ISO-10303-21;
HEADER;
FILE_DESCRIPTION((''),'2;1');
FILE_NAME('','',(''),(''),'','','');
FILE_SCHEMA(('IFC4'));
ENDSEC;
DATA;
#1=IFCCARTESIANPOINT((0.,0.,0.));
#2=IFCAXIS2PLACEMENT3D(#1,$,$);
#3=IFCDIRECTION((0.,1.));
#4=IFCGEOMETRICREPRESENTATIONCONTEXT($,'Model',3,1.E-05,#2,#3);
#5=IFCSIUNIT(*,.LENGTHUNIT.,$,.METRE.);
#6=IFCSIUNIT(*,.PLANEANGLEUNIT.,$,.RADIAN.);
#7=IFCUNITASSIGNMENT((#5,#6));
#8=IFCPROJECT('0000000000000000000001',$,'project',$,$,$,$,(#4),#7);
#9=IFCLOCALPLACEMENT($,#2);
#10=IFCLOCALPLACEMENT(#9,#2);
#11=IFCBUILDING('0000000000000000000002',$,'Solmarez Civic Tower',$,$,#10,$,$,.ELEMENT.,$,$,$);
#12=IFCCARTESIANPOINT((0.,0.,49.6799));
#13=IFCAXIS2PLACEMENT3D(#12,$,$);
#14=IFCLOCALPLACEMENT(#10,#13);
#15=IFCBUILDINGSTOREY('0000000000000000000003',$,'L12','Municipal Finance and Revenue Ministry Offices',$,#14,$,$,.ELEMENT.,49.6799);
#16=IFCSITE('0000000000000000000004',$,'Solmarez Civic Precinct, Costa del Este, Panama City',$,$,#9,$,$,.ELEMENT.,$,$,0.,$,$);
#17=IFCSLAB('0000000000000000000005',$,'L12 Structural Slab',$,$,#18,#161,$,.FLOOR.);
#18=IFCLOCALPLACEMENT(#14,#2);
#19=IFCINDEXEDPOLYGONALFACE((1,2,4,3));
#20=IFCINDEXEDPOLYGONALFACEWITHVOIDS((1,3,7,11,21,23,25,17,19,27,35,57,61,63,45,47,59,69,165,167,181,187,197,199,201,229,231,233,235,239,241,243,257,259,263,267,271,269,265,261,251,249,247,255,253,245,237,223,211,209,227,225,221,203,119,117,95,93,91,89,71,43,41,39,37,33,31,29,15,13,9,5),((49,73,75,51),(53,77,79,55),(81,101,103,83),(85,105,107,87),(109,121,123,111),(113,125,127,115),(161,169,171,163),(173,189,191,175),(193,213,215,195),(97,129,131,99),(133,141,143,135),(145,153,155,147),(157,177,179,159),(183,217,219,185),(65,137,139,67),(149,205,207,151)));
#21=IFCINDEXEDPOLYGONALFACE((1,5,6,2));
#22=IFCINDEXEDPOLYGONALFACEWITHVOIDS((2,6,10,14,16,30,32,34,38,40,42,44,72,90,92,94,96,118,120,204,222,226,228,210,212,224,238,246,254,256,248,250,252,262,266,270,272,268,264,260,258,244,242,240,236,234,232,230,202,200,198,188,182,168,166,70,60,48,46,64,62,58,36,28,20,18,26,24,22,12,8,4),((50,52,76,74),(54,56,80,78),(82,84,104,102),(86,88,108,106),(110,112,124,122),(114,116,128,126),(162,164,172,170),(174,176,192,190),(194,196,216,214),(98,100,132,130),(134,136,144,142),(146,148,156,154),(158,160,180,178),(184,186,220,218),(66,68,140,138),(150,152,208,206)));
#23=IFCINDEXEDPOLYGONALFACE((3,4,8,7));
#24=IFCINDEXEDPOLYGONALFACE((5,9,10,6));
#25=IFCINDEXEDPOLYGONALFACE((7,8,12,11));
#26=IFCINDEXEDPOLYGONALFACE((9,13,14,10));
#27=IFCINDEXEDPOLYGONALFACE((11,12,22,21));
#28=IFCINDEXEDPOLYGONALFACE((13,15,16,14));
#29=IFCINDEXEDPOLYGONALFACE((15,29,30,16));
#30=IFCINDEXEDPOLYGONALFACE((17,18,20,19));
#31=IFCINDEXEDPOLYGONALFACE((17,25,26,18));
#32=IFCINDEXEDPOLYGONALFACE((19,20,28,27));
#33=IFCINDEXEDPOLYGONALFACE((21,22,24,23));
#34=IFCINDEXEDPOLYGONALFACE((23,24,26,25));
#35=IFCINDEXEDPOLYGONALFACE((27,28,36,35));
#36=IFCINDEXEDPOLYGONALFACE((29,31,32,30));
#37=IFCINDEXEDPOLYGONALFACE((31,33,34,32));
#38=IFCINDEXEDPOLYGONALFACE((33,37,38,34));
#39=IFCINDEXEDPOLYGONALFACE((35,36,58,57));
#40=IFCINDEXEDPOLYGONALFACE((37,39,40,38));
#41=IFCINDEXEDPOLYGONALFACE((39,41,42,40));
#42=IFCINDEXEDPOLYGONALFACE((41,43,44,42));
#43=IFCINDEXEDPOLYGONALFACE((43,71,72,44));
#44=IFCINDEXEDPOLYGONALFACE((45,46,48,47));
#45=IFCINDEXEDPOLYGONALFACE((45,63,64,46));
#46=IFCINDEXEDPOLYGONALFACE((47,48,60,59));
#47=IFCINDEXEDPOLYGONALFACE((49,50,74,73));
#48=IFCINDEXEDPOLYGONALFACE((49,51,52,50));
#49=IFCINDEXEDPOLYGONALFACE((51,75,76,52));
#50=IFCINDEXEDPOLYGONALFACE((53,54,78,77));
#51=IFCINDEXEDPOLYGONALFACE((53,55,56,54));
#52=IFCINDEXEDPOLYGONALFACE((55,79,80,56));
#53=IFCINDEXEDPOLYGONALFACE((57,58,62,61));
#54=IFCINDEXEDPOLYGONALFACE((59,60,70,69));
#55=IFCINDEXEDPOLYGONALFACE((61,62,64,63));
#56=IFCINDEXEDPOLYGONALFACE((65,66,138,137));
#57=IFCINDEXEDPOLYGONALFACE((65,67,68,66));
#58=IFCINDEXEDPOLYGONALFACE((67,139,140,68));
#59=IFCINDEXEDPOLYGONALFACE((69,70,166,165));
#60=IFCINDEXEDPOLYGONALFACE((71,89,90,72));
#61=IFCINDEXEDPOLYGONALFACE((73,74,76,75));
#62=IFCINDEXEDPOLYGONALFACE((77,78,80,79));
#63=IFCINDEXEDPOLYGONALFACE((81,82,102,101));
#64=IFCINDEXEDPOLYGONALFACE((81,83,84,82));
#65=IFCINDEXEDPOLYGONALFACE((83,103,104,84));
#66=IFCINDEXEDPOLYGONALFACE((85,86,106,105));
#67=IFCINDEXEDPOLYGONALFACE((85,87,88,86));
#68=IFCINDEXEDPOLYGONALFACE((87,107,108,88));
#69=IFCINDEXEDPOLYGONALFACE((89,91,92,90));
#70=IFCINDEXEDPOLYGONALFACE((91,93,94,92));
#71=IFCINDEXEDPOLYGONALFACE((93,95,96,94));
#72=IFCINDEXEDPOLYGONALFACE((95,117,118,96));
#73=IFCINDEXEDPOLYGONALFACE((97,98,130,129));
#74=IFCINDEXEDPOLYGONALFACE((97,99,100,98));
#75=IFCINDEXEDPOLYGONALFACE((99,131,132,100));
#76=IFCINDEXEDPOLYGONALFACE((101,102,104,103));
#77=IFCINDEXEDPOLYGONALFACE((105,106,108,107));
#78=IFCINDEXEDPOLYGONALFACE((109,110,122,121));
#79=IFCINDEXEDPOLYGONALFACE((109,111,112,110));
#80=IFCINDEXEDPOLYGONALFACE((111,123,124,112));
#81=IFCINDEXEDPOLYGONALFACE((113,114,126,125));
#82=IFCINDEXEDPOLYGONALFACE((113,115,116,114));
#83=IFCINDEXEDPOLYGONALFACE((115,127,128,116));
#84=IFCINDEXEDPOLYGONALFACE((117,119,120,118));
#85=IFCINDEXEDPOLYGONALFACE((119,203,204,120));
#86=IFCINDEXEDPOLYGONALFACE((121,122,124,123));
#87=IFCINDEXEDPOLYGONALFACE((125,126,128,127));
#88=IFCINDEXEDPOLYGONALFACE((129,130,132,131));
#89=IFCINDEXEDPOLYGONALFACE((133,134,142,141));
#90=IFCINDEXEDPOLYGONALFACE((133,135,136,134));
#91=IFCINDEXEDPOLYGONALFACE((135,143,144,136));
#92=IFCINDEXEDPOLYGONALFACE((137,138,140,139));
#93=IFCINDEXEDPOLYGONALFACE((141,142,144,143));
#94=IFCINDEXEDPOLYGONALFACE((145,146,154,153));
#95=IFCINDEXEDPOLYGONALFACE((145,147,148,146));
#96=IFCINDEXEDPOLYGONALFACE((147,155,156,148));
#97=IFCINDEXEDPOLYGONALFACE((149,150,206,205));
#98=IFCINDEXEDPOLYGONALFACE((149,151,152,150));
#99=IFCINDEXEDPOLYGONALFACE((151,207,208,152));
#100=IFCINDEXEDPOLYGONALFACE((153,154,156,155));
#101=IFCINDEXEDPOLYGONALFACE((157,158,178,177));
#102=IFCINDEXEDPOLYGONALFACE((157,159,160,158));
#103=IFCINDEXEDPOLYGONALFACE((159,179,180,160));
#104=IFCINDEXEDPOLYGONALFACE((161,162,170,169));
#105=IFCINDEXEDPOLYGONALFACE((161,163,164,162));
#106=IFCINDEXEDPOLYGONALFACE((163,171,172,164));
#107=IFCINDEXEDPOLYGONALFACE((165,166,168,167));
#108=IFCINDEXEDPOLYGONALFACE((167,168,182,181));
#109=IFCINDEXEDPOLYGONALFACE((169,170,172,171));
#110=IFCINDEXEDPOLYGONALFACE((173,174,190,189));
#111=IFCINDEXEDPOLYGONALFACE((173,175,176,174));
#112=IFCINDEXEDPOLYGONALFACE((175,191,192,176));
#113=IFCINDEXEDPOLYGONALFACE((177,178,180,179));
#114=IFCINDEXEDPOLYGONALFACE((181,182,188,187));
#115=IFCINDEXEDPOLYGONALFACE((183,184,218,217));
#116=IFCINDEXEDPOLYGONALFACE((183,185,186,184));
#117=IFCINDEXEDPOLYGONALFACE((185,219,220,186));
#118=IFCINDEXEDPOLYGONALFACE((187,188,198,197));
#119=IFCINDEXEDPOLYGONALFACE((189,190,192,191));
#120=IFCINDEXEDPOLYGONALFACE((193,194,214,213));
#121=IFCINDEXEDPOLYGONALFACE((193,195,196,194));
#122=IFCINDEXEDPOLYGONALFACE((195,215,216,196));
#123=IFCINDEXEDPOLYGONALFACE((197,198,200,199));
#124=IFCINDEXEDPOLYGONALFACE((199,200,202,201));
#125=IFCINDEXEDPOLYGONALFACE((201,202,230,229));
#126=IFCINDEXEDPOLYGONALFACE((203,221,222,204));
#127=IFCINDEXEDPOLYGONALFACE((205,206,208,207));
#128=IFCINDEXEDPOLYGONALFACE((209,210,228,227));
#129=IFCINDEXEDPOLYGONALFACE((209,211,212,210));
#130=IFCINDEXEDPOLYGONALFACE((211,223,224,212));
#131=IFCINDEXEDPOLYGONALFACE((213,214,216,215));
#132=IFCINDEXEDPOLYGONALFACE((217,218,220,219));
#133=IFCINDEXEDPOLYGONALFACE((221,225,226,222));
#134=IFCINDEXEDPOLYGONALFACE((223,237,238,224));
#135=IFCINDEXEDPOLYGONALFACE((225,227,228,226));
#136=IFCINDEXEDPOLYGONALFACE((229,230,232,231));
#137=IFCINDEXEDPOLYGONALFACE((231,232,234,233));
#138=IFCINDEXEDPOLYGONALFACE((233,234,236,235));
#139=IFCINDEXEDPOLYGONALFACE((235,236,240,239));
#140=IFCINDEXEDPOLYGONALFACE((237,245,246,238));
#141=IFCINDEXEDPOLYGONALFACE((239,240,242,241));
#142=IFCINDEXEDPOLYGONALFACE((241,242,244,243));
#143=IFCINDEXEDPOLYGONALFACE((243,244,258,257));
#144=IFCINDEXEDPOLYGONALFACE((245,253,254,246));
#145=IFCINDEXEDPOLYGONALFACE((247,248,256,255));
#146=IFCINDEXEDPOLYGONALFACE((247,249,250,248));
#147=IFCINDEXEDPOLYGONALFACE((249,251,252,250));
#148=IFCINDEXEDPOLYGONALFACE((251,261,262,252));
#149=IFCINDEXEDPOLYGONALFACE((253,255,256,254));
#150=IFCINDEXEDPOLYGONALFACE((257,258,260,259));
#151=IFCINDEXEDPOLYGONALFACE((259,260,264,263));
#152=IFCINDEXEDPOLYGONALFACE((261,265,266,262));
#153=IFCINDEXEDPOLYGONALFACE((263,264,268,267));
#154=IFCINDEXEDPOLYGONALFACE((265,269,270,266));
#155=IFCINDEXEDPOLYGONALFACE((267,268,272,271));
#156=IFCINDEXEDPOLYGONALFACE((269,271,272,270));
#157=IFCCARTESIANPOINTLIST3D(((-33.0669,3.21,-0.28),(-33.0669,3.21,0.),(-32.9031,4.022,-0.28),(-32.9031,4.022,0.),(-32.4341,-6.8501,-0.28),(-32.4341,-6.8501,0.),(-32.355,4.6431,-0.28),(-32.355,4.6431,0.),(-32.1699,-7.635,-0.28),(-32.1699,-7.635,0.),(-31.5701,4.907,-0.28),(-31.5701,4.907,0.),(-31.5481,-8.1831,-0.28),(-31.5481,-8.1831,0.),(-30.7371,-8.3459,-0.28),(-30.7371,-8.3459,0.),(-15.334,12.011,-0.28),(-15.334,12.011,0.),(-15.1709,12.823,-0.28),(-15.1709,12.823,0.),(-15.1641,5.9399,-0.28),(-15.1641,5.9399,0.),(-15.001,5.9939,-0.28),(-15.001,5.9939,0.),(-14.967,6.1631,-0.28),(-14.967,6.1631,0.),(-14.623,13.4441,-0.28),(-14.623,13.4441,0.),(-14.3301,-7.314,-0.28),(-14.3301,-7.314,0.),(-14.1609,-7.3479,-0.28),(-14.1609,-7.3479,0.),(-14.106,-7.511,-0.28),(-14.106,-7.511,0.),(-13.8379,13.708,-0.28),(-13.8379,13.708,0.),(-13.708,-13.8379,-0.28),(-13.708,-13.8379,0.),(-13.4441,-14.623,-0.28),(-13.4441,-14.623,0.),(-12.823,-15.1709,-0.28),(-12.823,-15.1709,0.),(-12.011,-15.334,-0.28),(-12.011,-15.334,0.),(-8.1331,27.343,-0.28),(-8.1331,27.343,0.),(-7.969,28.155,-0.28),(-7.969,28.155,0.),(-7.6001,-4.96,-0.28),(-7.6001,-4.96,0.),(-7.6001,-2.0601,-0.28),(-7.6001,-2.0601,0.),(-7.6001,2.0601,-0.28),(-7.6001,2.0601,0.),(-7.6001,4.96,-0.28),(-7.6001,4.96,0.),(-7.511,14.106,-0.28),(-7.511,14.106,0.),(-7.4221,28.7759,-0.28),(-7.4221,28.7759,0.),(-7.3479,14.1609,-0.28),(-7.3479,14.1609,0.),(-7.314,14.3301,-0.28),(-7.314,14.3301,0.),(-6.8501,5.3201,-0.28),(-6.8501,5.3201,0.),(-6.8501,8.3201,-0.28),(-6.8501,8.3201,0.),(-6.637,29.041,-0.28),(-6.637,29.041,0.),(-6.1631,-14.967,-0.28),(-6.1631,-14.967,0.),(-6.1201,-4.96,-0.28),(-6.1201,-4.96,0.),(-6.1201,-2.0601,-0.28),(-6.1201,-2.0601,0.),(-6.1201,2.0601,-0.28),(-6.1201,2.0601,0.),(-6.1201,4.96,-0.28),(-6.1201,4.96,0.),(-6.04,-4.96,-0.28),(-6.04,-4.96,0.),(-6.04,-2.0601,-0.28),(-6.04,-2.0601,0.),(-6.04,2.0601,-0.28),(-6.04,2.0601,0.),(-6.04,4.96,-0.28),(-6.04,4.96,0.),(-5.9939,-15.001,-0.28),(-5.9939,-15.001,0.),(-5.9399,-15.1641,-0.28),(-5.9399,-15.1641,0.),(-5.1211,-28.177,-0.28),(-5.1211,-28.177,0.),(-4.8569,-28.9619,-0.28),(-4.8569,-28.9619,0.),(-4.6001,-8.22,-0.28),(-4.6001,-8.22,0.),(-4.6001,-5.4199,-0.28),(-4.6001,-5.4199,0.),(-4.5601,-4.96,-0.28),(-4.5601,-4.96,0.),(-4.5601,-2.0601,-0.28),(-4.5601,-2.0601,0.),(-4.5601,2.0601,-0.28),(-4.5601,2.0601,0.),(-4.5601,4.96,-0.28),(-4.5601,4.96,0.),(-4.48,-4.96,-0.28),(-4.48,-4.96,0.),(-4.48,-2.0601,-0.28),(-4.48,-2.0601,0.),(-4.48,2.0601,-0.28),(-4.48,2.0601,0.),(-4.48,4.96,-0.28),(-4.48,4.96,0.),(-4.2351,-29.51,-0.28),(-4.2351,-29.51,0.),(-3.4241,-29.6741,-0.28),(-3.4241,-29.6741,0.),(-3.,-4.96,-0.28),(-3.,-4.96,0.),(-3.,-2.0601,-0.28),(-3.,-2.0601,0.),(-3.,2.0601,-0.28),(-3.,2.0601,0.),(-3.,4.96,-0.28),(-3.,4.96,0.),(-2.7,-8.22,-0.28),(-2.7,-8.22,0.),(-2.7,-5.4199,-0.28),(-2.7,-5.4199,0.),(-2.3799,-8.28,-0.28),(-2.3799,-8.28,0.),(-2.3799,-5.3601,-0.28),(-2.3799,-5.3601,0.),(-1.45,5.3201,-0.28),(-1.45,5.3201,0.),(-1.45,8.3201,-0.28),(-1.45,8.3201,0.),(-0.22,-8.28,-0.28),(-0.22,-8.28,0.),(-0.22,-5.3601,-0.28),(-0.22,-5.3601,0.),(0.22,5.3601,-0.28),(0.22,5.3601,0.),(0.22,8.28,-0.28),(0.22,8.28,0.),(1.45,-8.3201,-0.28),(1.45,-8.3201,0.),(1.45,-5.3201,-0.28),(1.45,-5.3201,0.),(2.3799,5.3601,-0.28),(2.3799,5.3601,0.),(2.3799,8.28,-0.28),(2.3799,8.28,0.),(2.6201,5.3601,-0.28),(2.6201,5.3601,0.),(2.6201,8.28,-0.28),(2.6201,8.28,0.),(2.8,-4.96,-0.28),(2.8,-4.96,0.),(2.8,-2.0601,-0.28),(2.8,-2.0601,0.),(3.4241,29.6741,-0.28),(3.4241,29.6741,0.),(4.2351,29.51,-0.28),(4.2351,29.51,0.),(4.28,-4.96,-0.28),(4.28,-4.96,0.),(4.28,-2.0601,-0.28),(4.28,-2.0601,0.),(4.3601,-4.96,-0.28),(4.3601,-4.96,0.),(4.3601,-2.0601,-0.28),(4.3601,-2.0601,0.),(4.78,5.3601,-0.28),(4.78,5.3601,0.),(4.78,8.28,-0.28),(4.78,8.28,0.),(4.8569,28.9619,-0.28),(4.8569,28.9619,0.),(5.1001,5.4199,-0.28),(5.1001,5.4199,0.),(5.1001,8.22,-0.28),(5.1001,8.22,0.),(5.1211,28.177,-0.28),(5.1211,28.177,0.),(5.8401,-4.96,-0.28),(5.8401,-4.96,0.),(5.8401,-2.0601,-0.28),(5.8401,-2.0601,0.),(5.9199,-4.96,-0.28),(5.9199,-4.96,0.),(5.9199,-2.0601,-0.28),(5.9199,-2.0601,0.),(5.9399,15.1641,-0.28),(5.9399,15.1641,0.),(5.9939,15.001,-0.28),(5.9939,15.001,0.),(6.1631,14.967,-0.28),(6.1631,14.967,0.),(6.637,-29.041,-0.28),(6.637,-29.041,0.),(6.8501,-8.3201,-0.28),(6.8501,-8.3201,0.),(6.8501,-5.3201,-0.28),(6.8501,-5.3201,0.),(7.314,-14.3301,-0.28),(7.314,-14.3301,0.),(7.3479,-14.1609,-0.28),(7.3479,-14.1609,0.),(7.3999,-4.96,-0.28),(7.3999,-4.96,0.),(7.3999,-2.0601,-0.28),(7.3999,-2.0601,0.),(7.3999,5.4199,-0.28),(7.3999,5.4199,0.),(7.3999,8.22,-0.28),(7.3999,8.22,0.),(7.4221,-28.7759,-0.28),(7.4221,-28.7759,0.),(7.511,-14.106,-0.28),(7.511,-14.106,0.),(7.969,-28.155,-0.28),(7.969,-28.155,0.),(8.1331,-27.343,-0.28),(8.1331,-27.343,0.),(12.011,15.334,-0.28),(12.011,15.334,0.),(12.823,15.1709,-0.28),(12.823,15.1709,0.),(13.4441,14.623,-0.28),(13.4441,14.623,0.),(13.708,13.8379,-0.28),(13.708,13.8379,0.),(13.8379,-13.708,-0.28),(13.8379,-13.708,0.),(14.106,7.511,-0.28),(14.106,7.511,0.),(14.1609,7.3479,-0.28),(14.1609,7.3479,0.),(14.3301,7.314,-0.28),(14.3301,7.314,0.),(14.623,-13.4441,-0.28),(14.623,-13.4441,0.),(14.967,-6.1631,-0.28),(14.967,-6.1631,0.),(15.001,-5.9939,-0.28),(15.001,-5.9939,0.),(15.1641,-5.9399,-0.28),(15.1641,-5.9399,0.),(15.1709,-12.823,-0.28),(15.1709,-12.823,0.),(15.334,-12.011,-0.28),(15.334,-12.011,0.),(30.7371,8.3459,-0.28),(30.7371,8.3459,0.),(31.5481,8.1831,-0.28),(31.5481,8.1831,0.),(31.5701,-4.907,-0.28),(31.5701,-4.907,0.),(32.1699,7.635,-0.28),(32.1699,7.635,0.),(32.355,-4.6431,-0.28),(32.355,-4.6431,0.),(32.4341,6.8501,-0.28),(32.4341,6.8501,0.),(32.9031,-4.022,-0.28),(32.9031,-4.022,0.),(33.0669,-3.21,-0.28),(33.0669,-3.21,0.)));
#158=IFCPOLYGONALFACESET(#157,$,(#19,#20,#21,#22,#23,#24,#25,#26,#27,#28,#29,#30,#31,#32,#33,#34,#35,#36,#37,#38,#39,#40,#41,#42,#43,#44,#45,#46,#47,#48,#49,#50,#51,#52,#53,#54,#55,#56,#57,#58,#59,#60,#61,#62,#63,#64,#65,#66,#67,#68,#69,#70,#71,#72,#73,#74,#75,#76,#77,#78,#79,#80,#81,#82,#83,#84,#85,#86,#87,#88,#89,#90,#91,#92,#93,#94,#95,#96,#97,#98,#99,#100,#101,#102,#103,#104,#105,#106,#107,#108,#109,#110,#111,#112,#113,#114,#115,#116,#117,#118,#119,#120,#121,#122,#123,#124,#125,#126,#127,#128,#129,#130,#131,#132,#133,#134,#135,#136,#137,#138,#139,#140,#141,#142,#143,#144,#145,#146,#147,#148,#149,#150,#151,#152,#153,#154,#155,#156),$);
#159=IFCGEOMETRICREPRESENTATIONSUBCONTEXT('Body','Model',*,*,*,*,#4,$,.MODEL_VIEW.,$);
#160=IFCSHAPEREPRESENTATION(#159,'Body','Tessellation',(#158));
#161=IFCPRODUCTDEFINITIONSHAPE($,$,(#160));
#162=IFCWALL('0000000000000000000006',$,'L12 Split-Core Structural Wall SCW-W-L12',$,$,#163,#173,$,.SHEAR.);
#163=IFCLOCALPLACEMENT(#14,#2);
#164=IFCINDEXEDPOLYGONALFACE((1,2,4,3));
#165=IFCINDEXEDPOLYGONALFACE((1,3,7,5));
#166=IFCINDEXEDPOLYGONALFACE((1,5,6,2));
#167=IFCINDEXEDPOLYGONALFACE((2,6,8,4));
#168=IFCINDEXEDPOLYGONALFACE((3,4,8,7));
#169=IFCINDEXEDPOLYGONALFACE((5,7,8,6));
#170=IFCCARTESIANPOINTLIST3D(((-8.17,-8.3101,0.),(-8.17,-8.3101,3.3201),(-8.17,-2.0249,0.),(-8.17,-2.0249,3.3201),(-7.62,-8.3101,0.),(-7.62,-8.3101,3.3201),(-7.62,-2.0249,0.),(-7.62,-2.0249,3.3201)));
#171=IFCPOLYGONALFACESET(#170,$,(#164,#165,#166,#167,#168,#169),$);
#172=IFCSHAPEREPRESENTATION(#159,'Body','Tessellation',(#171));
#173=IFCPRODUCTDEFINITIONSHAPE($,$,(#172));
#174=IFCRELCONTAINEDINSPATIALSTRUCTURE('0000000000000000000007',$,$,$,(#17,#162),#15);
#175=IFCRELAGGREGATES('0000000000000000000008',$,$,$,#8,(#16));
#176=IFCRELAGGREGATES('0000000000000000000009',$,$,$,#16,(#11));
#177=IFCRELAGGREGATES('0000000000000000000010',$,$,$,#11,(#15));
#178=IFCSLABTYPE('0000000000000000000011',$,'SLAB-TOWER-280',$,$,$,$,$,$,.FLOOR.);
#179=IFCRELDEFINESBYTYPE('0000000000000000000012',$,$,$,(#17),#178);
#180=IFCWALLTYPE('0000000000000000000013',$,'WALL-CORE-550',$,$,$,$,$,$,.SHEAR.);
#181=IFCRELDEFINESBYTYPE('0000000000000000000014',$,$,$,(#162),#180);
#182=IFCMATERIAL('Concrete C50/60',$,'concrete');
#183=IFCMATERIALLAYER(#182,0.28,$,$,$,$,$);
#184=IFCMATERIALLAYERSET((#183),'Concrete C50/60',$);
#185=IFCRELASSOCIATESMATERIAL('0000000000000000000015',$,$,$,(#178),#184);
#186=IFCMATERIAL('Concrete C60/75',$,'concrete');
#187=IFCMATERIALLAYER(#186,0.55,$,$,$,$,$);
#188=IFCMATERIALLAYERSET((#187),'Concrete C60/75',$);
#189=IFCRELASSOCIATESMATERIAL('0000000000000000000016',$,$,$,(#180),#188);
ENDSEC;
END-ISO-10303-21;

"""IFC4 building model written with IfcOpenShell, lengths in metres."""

from ifc_helpers import new_model, si_unit, direction, frame, frame_2d, origin, place, context, subcontext, project, spatial, polyline, rectangle, outline, extrude, material, layer, layer_set, type_object, element, save


model = new_model("IFC4")

# Units and contexts
model_context = context("Model", 3, precision=1e-05, world=origin(), true_north=direction((0.0, 1.0)))
body_context = subcontext(model_context, "Body", "Model", "MODEL_VIEW")
ifc_project = project(units=[si_unit("LENGTHUNIT", "METRE"), si_unit("PLANEANGLEUNIT", "RADIAN")], contexts=[model_context])

# Site, building, storey
site_placement = place(None, origin())
site = spatial("IfcSite", under=ifc_project, at=site_placement, Name="Solmarez Civic Precinct, Costa del Este, Panama City", CompositionType="ELEMENT", RefElevation=0.0)
building_placement = place(site_placement, origin())
building = spatial("IfcBuilding", under=site, at=building_placement, Name="Solmarez Civic Tower", CompositionType="ELEMENT")
storey_placement = place(building_placement, frame((0.0, 0.0, 49.6799)))
storey = spatial("IfcBuildingStorey", under=building, at=storey_placement, Name="L12", Description="Municipal Finance and Revenue Ministry Offices", CompositionType="ELEMENT", Elevation=49.6799)

# Shared definitions
ifc_material_1 = material(Name="Concrete C60/75", Category="concrete")

# Slab
ifc_material_2 = material(Name="Concrete C50/60", Category="concrete")
ifc_layer_1 = layer(ifc_material_2, 0.28)
ifc_layer_set_1 = layer_set([ifc_layer_1], Name="Concrete C50/60")
slab_type = type_object("IfcSlabType", Name="SLAB-TOWER-280", PredefinedType="FLOOR", material=ifc_layer_set_1)
slab_placement = place(storey_placement, frame((0.0, 0.0, -0.28)))
element("IfcSlab", 1, at=slab_placement, inside=storey, type_object=slab_type, Name="L12 Structural Slab", PredefinedType="FLOOR", context=body_context, shape_type="SweptSolid", body=[
    extrude(outline(polyline([(-14.106, -7.511), (-13.708, -13.8379), (-13.4441, -14.623), (-12.823, -15.1709), (-12.011, -15.334), (-6.1631, -14.967), (-5.9939, -15.001), (-5.9399, -15.1641), (-5.1211, -28.177), (-4.8569, -28.9619), (-4.2351, -29.51), (-3.4241, -29.6741), (6.637, -29.041), (7.4221, -28.7759), (7.969, -28.155), (8.1331, -27.343), (7.314, -14.3301), (7.3479, -14.1609), (7.511, -14.106), (13.8379, -13.708), (14.623, -13.4441), (15.1709, -12.823), (15.334, -12.011), (14.967, -6.1631), (15.001, -5.9939), (15.1641, -5.9399), (31.5701, -4.907), (32.355, -4.6431), (32.9031, -4.022), (33.0669, -3.21), (32.4341, 6.8501), (32.1699, 7.635), (31.5481, 8.1831), (30.7371, 8.3459), (14.3301, 7.314), (14.1609, 7.3479), (14.106, 7.511), (13.708, 13.8379), (13.4441, 14.623), (12.823, 15.1709), (12.011, 15.334), (6.1631, 14.967), (5.9939, 15.001), (5.9399, 15.1641), (5.1211, 28.177), (4.8569, 28.9619), (4.2351, 29.51), (3.4241, 29.6741), (-6.637, 29.041), (-7.4221, 28.7759), (-7.969, 28.155), (-8.1331, 27.343), (-7.314, 14.3301), (-7.3479, 14.1609), (-7.511, 14.106), (-13.8379, 13.708), (-14.623, 13.4441), (-15.1709, 12.823), (-15.334, 12.011), (-14.967, 6.1631), (-15.001, 5.9939), (-15.1641, 5.9399), (-31.5701, 4.907), (-32.355, 4.6431), (-32.9031, 4.022), (-33.0669, 3.21), (-32.4341, -6.8501), (-32.1699, -7.635), (-31.5481, -8.1831), (-30.7371, -8.3459), (-14.3301, -7.314), (-14.1609, -7.3479), (-14.106, -7.511)]), holes=[polyline([(-1.45, 8.3201), (-6.8501, 8.3201), (-6.8501, 5.3201), (-1.45, 5.3201), (-1.45, 8.3201)]), polyline([(1.45, -8.3201), (6.8501, -8.3201), (6.8501, -5.3201), (1.45, -5.3201), (1.45, -8.3201)]), polyline([(0.22, 5.3601), (2.3799, 5.3601), (2.3799, 8.28), (0.22, 8.28), (0.22, 5.3601)]), polyline([(2.6201, 5.3601), (4.78, 5.3601), (4.78, 8.28), (2.6201, 8.28), (2.6201, 5.3601)]), polyline([(-2.3799, -8.28), (-0.22, -8.28), (-0.22, -5.3601), (-2.3799, -5.3601), (-2.3799, -8.28)]), polyline([(2.8, -4.96), (4.28, -4.96), (4.28, -2.0601), (2.8, -2.0601), (2.8, -4.96)]), polyline([(4.3601, -4.96), (5.8401, -4.96), (5.8401, -2.0601), (4.3601, -2.0601), (4.3601, -4.96)]), polyline([(5.9199, -4.96), (7.3999, -4.96), (7.3999, -2.0601), (5.9199, -2.0601), (5.9199, -4.96)]), polyline([(-7.6001, -4.96), (-6.1201, -4.96), (-6.1201, -2.0601), (-7.6001, -2.0601), (-7.6001, -4.96)]), polyline([(-6.04, -4.96), (-4.5601, -4.96), (-4.5601, -2.0601), (-6.04, -2.0601), (-6.04, -4.96)]), polyline([(-4.48, -4.96), (-3.0, -4.96), (-3.0, -2.0601), (-4.48, -2.0601), (-4.48, -4.96)]), polyline([(-7.6001, 2.0601), (-6.1201, 2.0601), (-6.1201, 4.96), (-7.6001, 4.96), (-7.6001, 2.0601)]), polyline([(-6.04, 2.0601), (-4.5601, 2.0601), (-4.5601, 4.96), (-6.04, 4.96), (-6.04, 2.0601)]), polyline([(-4.48, 2.0601), (-3.0, 2.0601), (-3.0, 4.96), (-4.48, 4.96), (-4.48, 2.0601)]), polyline([(5.1001, 5.4199), (7.3999, 5.4199), (7.3999, 8.22), (5.1001, 8.22), (5.1001, 5.4199)]), polyline([(-4.6001, -8.22), (-2.7, -8.22), (-2.7, -5.4199), (-4.6001, -5.4199), (-4.6001, -8.22)])]), origin(), (0.0, 0.0, 1.0), 0.28),
])

# Shared definitions
ifc_layer_2 = layer(ifc_material_1, 0.55)
ifc_layer_set_2 = layer_set([ifc_layer_2], Name="Concrete C60/75")
wall_type_1 = type_object("IfcWallType", Name="WALL-CORE-550", PredefinedType="SHEAR", material=ifc_layer_set_2)

# Wall
wall_1_placement = place(storey_placement, frame((-7.895, -8.3101, 0.0), z_axis=(0.0, 0.0, 1.0), x_axis=(0.0, 1.0, 0.0)))
element("IfcWall", 2, at=wall_1_placement, inside=storey, type_object=wall_type_1, Name="L12 Split-Core Structural Wall SCW-W-L12", PredefinedType="SHEAR", context=body_context, shape_type="SweptSolid", body=[
    extrude(rectangle(XDim=6.2852, YDim=0.55, at=frame_2d((3.1426, 0.0))), origin(), (0.0, 0.0, 1.0), 3.3201),
])

save(model, "model.ifc")
